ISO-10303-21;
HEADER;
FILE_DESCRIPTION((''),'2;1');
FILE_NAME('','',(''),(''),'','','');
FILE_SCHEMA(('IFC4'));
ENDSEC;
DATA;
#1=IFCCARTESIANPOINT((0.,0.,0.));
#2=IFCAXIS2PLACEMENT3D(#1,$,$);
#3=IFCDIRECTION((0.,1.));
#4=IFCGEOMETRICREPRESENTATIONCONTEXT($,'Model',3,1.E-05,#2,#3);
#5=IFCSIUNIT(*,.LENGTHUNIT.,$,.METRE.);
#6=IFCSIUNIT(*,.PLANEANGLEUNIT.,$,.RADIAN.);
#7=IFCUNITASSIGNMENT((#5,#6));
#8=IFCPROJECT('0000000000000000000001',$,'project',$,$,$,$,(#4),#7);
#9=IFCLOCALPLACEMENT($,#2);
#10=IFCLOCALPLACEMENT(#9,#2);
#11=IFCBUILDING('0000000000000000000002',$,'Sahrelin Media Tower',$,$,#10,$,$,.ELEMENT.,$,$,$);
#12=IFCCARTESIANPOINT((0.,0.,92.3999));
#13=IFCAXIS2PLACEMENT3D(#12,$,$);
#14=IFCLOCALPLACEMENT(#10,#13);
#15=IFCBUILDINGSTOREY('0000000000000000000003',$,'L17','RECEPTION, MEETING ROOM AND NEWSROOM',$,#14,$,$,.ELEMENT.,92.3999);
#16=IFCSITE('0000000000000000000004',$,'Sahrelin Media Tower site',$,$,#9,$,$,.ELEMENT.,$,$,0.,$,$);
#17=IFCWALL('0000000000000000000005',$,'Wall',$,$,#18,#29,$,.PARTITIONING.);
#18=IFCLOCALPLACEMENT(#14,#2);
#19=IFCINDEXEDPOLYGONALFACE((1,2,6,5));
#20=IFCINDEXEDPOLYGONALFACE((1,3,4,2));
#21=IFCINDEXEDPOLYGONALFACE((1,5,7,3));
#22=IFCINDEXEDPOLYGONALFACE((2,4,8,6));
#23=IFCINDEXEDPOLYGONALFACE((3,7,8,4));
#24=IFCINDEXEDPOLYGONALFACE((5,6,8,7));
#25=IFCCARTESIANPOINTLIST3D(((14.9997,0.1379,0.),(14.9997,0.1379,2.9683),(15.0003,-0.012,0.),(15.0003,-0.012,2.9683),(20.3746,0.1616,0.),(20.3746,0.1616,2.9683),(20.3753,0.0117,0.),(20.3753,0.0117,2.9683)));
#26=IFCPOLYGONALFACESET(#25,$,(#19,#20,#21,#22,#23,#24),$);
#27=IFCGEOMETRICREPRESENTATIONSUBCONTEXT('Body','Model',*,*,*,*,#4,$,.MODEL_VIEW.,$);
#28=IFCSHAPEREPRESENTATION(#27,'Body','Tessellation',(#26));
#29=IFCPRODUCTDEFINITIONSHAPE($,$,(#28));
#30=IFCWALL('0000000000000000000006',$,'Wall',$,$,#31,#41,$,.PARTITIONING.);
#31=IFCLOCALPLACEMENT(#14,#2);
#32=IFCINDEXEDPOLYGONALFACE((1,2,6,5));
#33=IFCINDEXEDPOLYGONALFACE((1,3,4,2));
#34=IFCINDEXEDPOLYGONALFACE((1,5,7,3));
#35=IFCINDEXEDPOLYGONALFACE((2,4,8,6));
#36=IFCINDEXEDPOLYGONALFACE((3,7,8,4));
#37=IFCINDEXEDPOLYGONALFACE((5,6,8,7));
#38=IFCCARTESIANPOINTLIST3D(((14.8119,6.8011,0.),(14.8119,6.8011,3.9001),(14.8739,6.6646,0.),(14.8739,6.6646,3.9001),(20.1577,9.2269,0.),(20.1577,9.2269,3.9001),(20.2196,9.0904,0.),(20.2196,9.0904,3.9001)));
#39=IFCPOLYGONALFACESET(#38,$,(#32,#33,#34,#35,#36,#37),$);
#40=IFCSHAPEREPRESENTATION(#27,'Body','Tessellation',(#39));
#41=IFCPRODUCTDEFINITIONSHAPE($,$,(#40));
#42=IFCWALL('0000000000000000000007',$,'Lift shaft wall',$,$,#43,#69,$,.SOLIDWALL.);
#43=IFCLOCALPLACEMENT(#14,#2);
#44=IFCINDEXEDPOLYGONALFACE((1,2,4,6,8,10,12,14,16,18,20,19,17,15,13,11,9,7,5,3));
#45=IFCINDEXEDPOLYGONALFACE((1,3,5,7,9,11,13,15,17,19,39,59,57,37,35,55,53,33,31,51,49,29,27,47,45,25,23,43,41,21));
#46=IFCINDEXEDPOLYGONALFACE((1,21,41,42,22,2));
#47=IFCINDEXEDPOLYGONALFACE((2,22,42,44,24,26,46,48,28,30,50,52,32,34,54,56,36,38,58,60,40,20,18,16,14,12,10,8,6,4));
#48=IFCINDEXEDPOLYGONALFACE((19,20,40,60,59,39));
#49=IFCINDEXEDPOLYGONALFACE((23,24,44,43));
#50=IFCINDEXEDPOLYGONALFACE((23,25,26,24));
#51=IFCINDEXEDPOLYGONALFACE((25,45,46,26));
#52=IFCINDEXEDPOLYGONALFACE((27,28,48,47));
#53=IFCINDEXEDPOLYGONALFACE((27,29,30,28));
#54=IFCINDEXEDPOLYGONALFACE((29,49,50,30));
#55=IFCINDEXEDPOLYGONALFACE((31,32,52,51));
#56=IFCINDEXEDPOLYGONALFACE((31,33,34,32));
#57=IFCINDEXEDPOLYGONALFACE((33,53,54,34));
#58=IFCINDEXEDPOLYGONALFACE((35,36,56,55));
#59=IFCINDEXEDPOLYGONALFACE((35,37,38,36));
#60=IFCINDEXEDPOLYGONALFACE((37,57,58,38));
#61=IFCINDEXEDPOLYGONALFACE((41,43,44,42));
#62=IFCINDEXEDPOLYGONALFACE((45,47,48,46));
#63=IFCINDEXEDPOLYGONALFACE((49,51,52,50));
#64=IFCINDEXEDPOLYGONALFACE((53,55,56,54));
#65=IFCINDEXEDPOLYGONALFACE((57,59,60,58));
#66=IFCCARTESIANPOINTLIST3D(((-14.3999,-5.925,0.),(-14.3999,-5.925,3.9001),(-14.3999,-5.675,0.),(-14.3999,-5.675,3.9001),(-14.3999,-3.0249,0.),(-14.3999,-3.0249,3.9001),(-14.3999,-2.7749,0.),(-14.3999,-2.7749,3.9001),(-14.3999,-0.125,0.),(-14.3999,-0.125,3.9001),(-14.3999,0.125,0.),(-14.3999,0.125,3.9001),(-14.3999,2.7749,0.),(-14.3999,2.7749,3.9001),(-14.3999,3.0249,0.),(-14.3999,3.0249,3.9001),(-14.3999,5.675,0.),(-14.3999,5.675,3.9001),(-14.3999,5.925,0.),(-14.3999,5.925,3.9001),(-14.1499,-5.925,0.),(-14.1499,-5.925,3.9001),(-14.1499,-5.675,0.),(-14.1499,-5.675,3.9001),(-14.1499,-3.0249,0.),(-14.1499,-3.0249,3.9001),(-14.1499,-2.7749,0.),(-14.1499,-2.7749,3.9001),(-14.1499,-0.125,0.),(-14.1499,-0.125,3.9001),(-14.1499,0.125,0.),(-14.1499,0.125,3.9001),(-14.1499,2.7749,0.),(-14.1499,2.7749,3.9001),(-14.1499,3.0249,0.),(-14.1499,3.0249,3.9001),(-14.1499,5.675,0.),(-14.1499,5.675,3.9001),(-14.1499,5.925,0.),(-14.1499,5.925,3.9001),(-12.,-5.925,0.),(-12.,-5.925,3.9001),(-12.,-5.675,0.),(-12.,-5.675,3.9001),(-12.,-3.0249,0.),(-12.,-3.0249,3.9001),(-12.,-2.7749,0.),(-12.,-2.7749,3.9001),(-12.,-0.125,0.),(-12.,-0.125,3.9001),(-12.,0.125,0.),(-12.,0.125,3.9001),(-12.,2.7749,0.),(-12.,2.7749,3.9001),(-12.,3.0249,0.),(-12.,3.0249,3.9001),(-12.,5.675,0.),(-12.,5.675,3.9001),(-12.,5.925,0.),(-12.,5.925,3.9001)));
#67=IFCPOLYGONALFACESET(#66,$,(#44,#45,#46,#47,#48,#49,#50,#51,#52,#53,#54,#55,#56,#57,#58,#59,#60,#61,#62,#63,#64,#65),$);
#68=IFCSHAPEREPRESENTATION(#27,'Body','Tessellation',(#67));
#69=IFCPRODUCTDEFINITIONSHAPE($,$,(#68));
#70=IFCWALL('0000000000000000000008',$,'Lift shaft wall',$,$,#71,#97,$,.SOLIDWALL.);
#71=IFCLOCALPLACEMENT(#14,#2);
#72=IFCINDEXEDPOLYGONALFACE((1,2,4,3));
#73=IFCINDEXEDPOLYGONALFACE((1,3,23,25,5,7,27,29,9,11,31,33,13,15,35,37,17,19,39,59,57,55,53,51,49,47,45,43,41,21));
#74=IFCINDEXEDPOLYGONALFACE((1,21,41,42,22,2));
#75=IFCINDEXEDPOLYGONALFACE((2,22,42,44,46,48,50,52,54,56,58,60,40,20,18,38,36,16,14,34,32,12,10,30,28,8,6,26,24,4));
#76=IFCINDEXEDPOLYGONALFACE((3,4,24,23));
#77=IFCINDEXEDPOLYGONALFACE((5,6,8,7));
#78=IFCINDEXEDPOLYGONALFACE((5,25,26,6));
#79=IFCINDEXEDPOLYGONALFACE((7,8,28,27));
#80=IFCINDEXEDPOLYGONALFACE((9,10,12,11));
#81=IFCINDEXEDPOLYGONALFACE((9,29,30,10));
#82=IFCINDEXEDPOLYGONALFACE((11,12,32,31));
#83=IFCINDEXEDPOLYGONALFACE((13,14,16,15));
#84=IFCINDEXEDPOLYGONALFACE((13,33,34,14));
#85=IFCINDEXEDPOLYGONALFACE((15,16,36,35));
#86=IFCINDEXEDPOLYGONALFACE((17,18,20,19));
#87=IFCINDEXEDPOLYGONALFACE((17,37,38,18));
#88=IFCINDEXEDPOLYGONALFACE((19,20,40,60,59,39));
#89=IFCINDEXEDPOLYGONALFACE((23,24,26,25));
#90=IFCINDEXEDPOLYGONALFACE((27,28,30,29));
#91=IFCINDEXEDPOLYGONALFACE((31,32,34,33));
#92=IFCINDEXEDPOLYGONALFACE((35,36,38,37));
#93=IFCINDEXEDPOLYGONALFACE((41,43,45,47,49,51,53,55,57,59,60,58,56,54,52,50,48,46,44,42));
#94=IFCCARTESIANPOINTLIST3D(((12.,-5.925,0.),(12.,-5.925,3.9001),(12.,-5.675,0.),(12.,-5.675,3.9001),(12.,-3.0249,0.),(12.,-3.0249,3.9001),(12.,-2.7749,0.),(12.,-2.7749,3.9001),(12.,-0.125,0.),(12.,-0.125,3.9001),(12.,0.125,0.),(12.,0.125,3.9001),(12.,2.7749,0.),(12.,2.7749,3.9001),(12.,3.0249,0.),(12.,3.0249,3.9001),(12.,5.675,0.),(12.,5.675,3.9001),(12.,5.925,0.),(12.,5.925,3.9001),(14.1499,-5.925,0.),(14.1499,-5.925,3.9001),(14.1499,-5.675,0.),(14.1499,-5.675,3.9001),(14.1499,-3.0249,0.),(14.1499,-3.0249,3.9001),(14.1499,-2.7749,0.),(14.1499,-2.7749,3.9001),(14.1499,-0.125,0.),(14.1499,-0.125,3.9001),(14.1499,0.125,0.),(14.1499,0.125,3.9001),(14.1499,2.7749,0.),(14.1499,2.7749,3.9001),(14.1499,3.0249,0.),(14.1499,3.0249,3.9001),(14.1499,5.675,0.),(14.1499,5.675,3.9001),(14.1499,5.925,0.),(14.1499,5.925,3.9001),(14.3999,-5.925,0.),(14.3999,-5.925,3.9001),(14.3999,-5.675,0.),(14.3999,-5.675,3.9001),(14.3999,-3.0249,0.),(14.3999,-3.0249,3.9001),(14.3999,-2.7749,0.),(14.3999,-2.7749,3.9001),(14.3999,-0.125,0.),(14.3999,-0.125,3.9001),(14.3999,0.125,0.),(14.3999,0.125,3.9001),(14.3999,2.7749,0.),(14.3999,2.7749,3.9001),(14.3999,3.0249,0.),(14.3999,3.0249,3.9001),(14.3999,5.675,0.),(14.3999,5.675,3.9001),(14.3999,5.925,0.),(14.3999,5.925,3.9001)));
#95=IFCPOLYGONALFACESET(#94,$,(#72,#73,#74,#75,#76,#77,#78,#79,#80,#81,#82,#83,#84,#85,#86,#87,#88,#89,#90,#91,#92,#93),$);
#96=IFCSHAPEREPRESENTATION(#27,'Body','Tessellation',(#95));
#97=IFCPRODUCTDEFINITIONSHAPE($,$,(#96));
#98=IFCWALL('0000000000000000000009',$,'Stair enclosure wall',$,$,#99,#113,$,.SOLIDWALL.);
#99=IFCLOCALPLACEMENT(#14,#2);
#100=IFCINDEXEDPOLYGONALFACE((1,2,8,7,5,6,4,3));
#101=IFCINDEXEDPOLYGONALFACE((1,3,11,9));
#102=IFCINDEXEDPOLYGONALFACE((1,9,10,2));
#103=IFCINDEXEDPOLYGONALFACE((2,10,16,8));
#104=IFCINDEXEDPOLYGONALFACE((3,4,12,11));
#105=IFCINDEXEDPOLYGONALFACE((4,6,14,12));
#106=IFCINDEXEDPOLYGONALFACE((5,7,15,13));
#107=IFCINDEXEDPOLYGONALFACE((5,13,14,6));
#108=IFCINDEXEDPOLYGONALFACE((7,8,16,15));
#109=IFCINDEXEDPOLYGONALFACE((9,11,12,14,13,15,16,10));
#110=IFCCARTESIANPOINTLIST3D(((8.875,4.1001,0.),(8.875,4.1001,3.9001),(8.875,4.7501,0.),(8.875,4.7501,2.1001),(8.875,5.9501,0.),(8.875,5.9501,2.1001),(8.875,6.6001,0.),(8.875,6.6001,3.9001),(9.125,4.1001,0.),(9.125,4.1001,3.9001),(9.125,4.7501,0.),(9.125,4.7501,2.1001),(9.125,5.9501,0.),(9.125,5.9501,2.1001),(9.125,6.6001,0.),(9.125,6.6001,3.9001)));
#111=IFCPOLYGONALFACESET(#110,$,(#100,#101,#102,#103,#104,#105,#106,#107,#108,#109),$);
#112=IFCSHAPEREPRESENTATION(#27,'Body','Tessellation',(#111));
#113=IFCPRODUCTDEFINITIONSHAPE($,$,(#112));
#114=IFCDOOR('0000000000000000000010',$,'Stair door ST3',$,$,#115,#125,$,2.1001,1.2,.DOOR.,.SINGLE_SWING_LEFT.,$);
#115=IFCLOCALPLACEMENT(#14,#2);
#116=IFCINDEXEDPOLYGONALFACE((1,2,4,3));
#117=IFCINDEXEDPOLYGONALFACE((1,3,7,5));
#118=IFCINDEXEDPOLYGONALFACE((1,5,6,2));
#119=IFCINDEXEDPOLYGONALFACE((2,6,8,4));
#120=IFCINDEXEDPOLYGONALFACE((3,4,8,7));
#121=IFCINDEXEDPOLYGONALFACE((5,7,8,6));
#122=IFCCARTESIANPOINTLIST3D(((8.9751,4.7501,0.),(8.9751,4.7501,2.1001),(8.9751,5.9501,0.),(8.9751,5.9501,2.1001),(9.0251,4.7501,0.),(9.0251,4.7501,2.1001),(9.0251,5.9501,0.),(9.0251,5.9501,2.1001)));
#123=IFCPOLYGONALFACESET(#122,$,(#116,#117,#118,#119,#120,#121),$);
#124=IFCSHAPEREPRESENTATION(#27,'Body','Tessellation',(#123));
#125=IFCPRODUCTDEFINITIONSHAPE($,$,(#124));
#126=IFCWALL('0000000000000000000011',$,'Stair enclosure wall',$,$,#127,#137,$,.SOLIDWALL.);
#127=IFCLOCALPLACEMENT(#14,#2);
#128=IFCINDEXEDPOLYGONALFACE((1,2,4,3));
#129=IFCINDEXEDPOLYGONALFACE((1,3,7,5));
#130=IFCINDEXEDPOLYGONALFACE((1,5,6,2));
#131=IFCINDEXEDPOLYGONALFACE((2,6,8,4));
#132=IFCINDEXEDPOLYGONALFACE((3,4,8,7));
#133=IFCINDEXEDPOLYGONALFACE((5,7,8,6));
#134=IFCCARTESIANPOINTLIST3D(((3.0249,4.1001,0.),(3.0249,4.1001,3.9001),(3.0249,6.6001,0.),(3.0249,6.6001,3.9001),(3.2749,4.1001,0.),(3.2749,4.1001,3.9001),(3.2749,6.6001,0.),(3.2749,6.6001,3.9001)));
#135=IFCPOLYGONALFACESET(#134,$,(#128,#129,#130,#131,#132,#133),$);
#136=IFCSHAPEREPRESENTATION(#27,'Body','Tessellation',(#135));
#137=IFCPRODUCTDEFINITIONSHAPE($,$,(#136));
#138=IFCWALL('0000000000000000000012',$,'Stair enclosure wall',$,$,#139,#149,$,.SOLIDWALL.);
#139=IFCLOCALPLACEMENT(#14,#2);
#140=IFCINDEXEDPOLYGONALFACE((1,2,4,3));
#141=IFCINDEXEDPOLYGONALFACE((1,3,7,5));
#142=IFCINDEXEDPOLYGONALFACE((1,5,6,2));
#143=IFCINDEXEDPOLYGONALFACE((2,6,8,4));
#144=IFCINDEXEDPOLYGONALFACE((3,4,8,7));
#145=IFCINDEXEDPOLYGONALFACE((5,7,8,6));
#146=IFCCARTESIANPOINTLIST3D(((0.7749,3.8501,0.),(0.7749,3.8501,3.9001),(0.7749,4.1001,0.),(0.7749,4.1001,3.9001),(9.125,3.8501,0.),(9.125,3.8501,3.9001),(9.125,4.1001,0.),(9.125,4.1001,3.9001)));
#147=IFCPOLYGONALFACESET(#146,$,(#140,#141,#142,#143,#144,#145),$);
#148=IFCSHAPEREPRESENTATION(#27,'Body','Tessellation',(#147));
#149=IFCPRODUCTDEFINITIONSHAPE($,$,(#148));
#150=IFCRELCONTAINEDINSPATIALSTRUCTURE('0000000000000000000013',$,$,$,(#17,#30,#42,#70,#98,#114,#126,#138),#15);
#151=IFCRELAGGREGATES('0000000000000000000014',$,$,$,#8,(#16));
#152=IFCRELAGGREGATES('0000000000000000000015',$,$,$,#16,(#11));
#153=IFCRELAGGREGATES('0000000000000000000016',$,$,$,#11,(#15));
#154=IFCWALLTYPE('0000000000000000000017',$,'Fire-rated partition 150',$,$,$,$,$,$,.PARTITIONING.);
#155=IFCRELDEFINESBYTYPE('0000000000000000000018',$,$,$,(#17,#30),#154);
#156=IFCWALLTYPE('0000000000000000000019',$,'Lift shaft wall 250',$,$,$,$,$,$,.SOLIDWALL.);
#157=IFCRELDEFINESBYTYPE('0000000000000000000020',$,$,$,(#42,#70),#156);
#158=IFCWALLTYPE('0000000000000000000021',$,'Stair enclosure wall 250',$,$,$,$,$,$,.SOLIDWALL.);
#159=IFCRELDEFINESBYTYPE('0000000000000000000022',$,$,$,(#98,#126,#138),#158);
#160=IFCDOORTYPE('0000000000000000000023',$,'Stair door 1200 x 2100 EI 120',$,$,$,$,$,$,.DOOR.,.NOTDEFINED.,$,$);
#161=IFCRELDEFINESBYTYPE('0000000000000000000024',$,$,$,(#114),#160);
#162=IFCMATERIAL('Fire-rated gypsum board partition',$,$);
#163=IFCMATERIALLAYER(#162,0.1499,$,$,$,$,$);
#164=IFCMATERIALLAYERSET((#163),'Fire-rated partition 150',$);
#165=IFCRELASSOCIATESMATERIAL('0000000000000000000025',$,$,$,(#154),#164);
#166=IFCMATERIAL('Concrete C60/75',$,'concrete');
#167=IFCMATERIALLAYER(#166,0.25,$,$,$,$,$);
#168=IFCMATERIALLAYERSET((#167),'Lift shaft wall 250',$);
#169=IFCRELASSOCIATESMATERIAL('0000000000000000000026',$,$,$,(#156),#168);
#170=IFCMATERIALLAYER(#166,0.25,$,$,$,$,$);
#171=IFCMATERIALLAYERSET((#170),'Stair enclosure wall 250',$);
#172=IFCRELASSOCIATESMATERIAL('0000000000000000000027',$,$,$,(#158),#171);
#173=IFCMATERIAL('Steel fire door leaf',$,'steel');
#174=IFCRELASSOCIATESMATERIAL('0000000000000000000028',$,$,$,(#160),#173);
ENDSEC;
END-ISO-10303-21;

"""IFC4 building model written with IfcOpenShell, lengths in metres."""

from ifc_helpers import new_model, si_unit, direction, frame, frame_2d, origin, place, context, subcontext, project, spatial, polyline, rectangle, outline, extrude, material, layer, layer_set, type_object, element, fill, save


model = new_model("IFC4")

# Units and contexts
model_context = context("Model", 3, precision=1e-05, world=origin(), true_north=direction((0.0, 1.0)))
body_context = subcontext(model_context, "Body", "Model", "MODEL_VIEW")
ifc_project = project(units=[si_unit("LENGTHUNIT", "METRE"), si_unit("PLANEANGLEUNIT", "RADIAN")], contexts=[model_context])

# Site, building, storey
site_placement = place(None, origin())
site = spatial("IfcSite", under=ifc_project, at=site_placement, Name="Sahrelin Media Tower site", CompositionType="ELEMENT", RefElevation=0.0)
building_placement = place(site_placement, origin())
building = spatial("IfcBuilding", under=site, at=building_placement, Name="Sahrelin Media Tower", CompositionType="ELEMENT")
storey_placement = place(building_placement, frame((0.0, 0.0, 92.3999)))
storey = spatial("IfcBuildingStorey", under=building, at=storey_placement, Name="L17", Description="RECEPTION, MEETING ROOM AND NEWSROOM", CompositionType="ELEMENT", Elevation=92.3999)

# Shared definitions
ifc_material_1 = material(Name="Fire-rated gypsum board partition")
ifc_material_2 = material(Name="Steel fire door leaf", Category="steel")

# Walls
ifc_layer_1 = layer(ifc_material_1, 0.1499)
ifc_layer_set_1 = layer_set([ifc_layer_1], Name="Fire-rated partition 150")
wall_type_1 = type_object("IfcWallType", Name="Fire-rated partition 150", PredefinedType="PARTITIONING", material=ifc_layer_set_1)
wall_1_placement = place(storey_placement, frame((15.0, 0.063, 0.0), z_axis=(0.0, 0.0, 1.0), x_axis=(0.99999, 0.004406, 0.0)))
element("IfcWall", 1, at=wall_1_placement, inside=storey, type_object=wall_type_1, Name="Wall", PredefinedType="PARTITIONING", context=body_context, shape_type="SweptSolid", body=[
    extrude(rectangle(XDim=5.375, YDim=0.1499, at=frame_2d((2.6875, 0.0))), origin(), (0.0, 0.0, 1.0), 2.9683),
])
wall_2_placement = place(storey_placement, frame((14.843, 6.7329, 0.0), z_axis=(0.0, 0.0, 1.0), x_axis=(0.910628, 0.413226, 0.0)))
element("IfcWall", 2, at=wall_2_placement, inside=storey, type_object=wall_type_1, Name="Wall", PredefinedType="PARTITIONING", context=body_context, shape_type="SweptSolid", body=[
    extrude(rectangle(XDim=5.8704, YDim=0.1499, at=frame_2d((2.9351, 0.0))), origin(), (0.0, 0.0, 1.0), 3.9001),
])
ifc_material_3 = material(Name="Concrete C60/75", Category="concrete")
ifc_layer_2 = layer(ifc_material_3, 0.25)
ifc_layer_set_2 = layer_set([ifc_layer_2], Name="Lift shaft wall 250")
wall_type_2 = type_object("IfcWallType", Name="Lift shaft wall 250", PredefinedType="SOLIDWALL", material=ifc_layer_set_2)
placement = place(storey_placement, origin())
element("IfcWall", 3, at=placement, inside=storey, type_object=wall_type_2, Name="Lift shaft wall", PredefinedType="SOLIDWALL", context=body_context, shape_type="SweptSolid", body=[
    extrude(outline(polyline([(-12.0, -5.925), (-12.0, -5.675), (-14.1499, -5.675), (-14.1499, -3.0249), (-12.0, -3.0249), (-12.0, -2.7749), (-14.1499, -2.7749), (-14.1499, -0.125), (-12.0, -0.125), (-12.0, 0.125), (-14.1499, 0.125), (-14.1499, 2.7749), (-12.0, 2.7749), (-12.0, 3.0249), (-14.1499, 3.0249), (-14.1499, 5.675), (-12.0, 5.675), (-12.0, 5.925), (-14.1499, 5.925), (-14.3999, 5.925), (-14.3999, 5.675), (-14.3999, 3.0249), (-14.3999, 2.7749), (-14.3999, 0.125), (-14.3999, -0.125), (-14.3999, -2.7749), (-14.3999, -3.0249), (-14.3999, -5.675), (-14.3999, -5.925), (-14.1499, -5.925), (-12.0, -5.925)])), origin(), (0.0, 0.0, 1.0), 3.9001),
])
element("IfcWall", 4, at=placement, inside=storey, type_object=wall_type_2, Name="Lift shaft wall", PredefinedType="SOLIDWALL", context=body_context, shape_type="SweptSolid", body=[
    extrude(outline(polyline([(12.0, -5.675), (12.0, -5.925), (14.1499, -5.925), (14.3999, -5.925), (14.3999, -5.675), (14.3999, -3.0249), (14.3999, -2.7749), (14.3999, -0.125), (14.3999, 0.125), (14.3999, 2.7749), (14.3999, 3.0249), (14.3999, 5.675), (14.3999, 5.925), (14.1499, 5.925), (12.0, 5.925), (12.0, 5.675), (14.1499, 5.675), (14.1499, 3.0249), (12.0, 3.0249), (12.0, 2.7749), (14.1499, 2.7749), (14.1499, 0.125), (12.0, 0.125), (12.0, -0.125), (14.1499, -0.125), (14.1499, -2.7749), (12.0, -2.7749), (12.0, -3.0249), (14.1499, -3.0249), (14.1499, -5.675), (12.0, -5.675)])), origin(), (0.0, 0.0, 1.0), 3.9001),
])

# Wall, opening, door
ifc_layer_3 = layer(ifc_material_3, 0.25)
ifc_layer_set_3 = layer_set([ifc_layer_3], Name="Stair enclosure wall 250")
wall_type_3 = type_object("IfcWallType", Name="Stair enclosure wall 250", PredefinedType="SOLIDWALL", material=ifc_layer_set_3)
wall_3_placement = place(storey_placement, frame((9.0, 4.1001, 0.0), z_axis=(0.0, 0.0, 1.0), x_axis=(0.0, 1.0, 0.0)))
wall_3 = element("IfcWall", 5, at=wall_3_placement, inside=storey, type_object=wall_type_3, Name="Stair enclosure wall", PredefinedType="SOLIDWALL", context=body_context, shape_type="SweptSolid", body=[
    extrude(rectangle(XDim=2.5, YDim=0.25, at=frame_2d((1.25, 0.0))), origin(), (0.0, 0.0, 1.0), 3.9001),
])
opening_1_placement = place(wall_3_placement, frame((0.6499, 0.0, 0.0)))
opening_1 = element("IfcOpeningElement", 6, at=opening_1_placement, cuts=wall_3, PredefinedType="OPENING", context=body_context, shape_type="SweptSolid", body=[
    extrude(rectangle(XDim=1.2, YDim=2.1001, at=frame_2d((0.6001, 1.05))), frame((0.0, 0.125, 0.0), z_axis=(0.0, -1.0, 0.0), x_axis=(1.0, 0.0, 0.0)), (0.0, 0.0, 1.0), 0.25),
])
door_type_1 = type_object("IfcDoorType", Name="Stair door 1200 x 2100 EI 120", OperationType="NOTDEFINED", PredefinedType="DOOR", material=ifc_material_2)
door_1_placement = place(opening_1_placement, origin())
door_1 = element("IfcDoor", 7, at=door_1_placement, inside=storey, type_object=door_type_1, Name="Stair door ST3", OperationType="SINGLE_SWING_LEFT", OverallHeight=2.1001, OverallWidth=1.2, PredefinedType="DOOR", context=body_context, shape_type="SweptSolid", body=[
    extrude(rectangle(XDim=1.2, YDim=2.1001, at=frame_2d((0.6001, 1.05))), frame((0.0, 0.0249, 0.0), z_axis=(0.0, -1.0, 0.0), x_axis=(1.0, 0.0, 0.0)), (0.0, 0.0, 1.0), 0.05),
])
fill(opening_1, door_1)

# Walls
wall_4_placement = place(storey_placement, frame((3.1499, 4.1001, 0.0), z_axis=(0.0, 0.0, 1.0), x_axis=(0.0, 1.0, 0.0)))
element("IfcWall", 8, at=wall_4_placement, inside=storey, type_object=wall_type_3, Name="Stair enclosure wall", PredefinedType="SOLIDWALL", context=body_context, shape_type="SweptSolid", body=[
    extrude(rectangle(XDim=2.5, YDim=0.25, at=frame_2d((1.25, 0.0))), origin(), (0.0, 0.0, 1.0), 3.9001),
])
wall_5_placement = place(storey_placement, frame((0.7749, 3.9751, 0.0), z_axis=(0.0, 0.0, 1.0), x_axis=(1.0, 0.0, 0.0)))
element("IfcWall", 9, at=wall_5_placement, inside=storey, type_object=wall_type_3, Name="Stair enclosure wall", PredefinedType="SOLIDWALL", context=body_context, shape_type="SweptSolid", body=[
    extrude(rectangle(XDim=8.3501, YDim=0.25, at=frame_2d((4.175, 0.0))), origin(), (0.0, 0.0, 1.0), 3.9001),
])

save(model, "model.ifc")
